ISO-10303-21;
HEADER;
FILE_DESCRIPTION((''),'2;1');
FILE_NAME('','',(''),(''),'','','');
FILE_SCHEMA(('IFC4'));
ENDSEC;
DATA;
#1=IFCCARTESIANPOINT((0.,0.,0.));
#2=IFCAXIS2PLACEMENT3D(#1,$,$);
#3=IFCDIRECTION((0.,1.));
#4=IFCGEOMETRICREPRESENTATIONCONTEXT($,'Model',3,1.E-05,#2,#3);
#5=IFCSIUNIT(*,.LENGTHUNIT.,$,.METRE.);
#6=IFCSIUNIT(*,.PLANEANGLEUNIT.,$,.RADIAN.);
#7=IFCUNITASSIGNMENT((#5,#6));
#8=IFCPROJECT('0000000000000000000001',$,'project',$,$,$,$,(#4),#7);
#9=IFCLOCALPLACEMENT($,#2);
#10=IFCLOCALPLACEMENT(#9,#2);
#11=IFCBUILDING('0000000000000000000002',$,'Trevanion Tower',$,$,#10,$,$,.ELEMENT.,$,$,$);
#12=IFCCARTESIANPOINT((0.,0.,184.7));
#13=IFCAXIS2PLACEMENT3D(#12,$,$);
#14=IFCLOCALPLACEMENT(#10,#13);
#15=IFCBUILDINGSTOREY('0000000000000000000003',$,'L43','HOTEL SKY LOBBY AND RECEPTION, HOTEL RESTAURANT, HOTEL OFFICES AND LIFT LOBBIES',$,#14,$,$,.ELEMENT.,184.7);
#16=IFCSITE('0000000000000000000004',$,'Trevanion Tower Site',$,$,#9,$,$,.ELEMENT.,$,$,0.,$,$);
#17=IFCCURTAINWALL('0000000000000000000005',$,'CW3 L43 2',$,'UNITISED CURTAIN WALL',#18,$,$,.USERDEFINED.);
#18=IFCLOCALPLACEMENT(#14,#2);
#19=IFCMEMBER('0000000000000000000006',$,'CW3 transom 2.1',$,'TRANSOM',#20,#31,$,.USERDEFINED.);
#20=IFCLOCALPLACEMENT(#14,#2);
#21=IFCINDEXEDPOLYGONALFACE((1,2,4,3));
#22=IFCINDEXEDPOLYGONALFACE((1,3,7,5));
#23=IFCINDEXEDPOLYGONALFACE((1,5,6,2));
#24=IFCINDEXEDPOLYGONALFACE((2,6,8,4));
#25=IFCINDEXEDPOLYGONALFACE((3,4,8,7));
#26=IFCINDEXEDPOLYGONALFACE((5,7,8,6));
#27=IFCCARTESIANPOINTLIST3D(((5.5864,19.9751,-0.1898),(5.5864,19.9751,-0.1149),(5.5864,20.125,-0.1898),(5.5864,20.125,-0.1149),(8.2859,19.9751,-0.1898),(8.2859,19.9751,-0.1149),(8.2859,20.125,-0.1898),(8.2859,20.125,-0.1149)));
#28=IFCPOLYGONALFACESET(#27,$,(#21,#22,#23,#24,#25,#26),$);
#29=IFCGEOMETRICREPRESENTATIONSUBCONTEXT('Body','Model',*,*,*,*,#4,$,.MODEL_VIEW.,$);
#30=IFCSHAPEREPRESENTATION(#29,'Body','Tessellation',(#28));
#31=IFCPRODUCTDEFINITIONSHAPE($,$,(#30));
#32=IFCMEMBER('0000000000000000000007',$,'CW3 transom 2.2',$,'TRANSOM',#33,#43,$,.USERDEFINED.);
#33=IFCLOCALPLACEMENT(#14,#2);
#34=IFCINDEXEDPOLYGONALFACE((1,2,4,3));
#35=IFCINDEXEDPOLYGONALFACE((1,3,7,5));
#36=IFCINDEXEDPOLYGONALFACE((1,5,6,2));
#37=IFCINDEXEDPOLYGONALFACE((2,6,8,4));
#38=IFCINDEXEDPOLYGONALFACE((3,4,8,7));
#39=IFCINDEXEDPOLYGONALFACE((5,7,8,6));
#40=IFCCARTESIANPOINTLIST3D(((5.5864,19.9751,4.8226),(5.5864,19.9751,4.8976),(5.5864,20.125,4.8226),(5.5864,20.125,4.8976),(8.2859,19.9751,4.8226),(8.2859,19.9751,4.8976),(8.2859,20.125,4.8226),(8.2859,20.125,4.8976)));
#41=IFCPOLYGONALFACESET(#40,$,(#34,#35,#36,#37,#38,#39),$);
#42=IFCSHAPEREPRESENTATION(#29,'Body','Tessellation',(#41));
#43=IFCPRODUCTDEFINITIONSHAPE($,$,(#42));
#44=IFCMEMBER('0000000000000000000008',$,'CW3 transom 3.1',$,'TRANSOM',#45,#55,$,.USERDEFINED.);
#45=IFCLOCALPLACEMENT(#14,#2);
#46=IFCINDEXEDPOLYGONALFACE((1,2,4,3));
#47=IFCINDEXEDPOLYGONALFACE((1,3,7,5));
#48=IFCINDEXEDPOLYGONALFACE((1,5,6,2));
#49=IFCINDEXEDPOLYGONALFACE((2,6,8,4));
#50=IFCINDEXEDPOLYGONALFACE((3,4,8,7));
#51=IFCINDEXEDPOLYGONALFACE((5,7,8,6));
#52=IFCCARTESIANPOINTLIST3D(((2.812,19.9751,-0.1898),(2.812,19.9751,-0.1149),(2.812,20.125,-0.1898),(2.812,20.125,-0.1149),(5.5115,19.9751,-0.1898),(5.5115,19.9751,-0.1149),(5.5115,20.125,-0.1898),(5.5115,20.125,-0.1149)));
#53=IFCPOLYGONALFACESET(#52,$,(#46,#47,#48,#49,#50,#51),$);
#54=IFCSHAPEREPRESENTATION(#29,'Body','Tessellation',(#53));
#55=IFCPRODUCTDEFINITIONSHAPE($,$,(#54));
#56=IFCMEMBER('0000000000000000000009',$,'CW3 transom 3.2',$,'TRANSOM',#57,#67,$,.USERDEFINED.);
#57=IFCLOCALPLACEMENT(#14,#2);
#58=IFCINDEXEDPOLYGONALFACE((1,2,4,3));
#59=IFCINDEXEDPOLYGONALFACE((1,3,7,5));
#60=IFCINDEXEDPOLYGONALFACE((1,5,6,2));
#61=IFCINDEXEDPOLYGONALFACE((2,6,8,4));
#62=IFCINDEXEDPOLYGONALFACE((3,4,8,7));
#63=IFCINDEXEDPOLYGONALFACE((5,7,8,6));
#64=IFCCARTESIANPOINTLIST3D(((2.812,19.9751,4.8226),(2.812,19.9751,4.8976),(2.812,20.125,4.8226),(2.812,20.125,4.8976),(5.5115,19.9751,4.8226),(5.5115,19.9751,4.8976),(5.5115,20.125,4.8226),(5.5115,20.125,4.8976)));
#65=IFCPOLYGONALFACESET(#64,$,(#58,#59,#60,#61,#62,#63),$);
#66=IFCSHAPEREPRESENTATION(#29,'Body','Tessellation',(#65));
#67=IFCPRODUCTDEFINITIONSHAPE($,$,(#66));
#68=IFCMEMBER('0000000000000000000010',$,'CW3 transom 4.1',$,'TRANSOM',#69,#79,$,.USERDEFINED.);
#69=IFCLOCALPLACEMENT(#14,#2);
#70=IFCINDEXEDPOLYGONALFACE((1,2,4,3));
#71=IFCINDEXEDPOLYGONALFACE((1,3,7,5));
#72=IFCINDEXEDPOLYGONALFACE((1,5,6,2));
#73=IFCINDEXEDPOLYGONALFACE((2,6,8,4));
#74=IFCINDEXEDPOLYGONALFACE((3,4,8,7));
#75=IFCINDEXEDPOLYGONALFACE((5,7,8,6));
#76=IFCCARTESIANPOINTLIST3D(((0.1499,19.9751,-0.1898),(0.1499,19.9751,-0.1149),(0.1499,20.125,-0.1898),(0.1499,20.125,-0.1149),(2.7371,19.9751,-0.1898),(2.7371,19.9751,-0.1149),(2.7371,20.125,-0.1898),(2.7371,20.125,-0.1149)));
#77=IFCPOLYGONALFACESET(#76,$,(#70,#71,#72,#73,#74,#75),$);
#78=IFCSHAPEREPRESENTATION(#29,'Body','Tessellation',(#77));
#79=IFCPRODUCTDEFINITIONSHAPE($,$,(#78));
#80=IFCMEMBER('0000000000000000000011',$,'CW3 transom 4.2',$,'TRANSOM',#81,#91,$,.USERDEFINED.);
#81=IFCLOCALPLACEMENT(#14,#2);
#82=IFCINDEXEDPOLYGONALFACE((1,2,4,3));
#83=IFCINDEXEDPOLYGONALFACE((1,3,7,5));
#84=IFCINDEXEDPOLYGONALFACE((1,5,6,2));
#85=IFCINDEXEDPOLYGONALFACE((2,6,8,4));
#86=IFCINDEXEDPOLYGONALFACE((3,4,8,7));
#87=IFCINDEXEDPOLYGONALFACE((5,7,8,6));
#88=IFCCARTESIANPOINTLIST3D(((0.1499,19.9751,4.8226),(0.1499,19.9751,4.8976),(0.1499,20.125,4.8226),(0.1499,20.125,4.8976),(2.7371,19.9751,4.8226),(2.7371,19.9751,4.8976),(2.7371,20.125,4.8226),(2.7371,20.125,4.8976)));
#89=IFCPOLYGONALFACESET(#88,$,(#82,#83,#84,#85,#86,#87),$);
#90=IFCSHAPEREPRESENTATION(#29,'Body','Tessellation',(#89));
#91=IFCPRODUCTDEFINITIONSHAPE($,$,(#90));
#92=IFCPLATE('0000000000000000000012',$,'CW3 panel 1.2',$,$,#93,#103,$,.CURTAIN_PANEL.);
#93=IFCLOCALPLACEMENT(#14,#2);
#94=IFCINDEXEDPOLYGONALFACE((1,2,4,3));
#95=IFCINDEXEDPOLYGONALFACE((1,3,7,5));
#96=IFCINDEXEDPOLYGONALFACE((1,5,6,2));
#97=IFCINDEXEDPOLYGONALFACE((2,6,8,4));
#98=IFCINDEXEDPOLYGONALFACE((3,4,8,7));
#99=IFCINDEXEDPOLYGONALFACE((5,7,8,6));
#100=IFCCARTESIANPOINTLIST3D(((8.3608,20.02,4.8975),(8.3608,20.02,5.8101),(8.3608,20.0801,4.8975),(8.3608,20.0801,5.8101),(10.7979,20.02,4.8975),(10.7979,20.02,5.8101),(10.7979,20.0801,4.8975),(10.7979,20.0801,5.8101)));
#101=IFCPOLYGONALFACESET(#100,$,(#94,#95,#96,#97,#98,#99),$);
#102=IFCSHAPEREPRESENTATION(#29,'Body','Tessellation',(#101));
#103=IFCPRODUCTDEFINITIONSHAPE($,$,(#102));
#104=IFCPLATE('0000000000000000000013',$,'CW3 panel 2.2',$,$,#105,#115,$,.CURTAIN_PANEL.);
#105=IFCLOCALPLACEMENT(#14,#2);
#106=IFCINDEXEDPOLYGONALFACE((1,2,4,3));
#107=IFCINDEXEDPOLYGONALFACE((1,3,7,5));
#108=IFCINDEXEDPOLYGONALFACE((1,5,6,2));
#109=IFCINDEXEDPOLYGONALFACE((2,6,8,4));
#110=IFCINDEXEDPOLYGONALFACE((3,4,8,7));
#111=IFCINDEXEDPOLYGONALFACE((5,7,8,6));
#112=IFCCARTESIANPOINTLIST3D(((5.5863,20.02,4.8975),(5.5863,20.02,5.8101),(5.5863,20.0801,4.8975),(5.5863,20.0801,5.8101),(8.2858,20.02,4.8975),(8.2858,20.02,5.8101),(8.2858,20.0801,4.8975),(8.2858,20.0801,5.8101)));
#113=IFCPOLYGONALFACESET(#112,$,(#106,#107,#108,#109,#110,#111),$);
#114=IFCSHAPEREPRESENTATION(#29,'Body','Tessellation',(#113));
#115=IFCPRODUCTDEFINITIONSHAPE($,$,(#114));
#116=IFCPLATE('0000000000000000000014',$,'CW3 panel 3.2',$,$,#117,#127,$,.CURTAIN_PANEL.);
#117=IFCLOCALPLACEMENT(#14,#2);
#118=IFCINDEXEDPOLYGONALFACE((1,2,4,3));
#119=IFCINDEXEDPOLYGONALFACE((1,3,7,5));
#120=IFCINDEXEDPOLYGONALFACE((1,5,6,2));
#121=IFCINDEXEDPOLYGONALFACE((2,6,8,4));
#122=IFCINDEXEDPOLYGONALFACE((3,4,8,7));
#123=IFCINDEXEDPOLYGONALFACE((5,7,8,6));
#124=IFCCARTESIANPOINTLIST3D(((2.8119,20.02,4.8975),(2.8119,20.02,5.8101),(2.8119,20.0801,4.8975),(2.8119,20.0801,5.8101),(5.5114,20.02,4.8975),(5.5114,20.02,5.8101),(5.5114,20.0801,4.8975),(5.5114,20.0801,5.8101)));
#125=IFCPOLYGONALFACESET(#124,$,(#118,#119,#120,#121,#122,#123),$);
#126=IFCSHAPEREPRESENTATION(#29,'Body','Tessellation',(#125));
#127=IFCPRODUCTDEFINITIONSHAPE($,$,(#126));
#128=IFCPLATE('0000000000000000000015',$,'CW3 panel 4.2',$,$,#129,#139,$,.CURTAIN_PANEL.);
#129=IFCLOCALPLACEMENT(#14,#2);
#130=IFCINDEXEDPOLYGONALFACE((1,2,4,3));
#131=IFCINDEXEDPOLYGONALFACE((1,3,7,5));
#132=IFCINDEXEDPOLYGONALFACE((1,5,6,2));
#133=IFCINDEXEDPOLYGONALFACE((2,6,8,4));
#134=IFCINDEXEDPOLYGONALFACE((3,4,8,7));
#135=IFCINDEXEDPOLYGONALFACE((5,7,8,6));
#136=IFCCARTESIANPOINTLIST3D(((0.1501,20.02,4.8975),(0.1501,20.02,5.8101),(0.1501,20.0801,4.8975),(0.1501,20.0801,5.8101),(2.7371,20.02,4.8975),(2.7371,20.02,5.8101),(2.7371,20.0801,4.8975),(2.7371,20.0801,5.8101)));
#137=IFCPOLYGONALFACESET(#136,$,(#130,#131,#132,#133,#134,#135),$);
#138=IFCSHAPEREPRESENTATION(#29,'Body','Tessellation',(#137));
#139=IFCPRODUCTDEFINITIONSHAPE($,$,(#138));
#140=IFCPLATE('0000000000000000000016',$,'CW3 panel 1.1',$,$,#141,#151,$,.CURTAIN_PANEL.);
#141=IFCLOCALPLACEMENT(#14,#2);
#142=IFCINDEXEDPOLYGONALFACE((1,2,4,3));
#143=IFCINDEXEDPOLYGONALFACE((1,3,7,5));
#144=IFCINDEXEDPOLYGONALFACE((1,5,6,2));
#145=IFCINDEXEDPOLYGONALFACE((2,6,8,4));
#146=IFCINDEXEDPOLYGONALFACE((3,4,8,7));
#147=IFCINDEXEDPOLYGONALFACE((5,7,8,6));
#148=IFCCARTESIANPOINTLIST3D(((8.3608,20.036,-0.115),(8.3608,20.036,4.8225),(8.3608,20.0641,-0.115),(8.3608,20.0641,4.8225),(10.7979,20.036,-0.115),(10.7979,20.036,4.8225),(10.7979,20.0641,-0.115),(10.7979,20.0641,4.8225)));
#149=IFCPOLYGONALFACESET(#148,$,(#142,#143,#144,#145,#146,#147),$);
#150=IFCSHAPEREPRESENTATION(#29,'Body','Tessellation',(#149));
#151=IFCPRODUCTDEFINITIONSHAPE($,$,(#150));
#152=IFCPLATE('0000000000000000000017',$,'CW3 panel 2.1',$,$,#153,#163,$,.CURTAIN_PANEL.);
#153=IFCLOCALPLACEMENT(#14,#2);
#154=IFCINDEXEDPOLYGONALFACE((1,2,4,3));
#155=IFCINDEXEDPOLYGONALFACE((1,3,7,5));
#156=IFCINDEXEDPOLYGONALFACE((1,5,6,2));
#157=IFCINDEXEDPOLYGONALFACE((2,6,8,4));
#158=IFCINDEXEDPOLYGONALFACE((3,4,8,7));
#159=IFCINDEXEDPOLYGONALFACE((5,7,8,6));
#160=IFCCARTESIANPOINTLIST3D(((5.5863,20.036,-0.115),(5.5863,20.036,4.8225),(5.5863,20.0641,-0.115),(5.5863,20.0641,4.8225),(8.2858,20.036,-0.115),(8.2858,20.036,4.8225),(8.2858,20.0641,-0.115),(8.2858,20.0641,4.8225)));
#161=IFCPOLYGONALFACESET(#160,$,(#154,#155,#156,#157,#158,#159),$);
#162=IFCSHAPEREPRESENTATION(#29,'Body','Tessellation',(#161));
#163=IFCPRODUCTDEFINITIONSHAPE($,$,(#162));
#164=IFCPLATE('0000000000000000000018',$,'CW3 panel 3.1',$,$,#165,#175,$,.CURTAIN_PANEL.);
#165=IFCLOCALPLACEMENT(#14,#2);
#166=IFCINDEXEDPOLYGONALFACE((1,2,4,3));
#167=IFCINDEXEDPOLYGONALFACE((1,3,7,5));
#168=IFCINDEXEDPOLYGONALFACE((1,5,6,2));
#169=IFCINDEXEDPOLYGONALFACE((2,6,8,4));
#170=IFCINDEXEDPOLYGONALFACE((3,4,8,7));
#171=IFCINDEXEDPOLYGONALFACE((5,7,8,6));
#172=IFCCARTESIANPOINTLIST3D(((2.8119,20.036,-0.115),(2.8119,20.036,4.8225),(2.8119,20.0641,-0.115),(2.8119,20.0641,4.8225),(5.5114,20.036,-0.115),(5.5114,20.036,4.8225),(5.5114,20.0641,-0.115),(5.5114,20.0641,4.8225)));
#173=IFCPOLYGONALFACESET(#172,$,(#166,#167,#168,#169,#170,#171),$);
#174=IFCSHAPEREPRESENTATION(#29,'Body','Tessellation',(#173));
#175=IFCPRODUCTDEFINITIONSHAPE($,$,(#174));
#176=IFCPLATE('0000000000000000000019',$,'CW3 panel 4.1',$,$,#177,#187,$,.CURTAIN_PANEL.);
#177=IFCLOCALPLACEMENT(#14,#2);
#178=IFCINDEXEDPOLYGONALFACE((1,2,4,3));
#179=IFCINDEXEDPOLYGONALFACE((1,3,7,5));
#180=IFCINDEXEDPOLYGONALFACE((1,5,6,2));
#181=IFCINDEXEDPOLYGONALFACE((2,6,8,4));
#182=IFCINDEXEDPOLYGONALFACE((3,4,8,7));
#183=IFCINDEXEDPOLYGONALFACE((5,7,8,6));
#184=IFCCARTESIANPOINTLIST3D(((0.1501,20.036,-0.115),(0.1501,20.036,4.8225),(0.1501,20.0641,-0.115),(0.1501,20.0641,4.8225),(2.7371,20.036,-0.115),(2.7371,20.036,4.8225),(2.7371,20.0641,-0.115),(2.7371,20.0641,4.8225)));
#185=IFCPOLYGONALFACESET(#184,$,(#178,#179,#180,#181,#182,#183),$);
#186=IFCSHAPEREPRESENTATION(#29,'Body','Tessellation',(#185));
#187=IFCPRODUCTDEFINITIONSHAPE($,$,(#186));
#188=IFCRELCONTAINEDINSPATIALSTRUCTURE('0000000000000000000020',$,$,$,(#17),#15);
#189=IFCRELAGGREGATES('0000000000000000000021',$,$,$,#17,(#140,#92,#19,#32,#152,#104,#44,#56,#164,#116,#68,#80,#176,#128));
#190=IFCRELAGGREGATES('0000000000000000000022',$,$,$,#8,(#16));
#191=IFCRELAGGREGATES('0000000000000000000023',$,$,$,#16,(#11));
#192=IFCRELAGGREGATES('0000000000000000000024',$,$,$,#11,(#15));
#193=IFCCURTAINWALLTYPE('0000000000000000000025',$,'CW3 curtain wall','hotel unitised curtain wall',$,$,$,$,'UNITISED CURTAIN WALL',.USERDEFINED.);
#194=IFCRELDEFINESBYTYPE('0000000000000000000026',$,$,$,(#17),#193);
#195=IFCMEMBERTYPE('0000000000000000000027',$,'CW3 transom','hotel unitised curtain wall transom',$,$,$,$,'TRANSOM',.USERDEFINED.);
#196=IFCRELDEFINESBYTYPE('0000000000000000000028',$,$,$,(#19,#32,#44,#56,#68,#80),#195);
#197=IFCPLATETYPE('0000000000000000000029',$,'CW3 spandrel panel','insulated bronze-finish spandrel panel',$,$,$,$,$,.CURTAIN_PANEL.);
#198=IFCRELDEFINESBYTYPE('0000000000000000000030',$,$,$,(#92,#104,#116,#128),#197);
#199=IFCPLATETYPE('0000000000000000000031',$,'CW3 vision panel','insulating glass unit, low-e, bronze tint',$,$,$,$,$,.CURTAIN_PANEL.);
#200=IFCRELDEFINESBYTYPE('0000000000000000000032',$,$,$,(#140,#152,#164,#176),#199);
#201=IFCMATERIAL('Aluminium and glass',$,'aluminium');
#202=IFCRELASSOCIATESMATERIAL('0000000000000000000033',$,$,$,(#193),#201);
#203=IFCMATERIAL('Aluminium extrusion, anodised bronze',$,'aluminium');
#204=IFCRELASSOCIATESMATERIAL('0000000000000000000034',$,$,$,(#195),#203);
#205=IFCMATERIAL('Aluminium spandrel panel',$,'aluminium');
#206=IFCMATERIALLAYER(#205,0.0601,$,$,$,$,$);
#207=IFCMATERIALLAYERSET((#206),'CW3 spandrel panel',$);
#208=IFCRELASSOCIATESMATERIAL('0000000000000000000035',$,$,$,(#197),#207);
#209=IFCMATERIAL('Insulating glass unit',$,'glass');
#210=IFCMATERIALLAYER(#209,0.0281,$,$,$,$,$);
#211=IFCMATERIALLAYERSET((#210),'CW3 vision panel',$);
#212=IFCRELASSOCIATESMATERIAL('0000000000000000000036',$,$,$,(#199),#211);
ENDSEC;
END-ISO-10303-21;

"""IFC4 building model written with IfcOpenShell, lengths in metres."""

from ifc_helpers import new_model, si_unit, direction, frame, origin, origin_2d, place, context, subcontext, project, spatial, rectangle, extrude, material, layer, layer_set, material_profile, profile_set, type_object, element, aggregate, save


model = new_model("IFC4")

# Units and contexts
model_context = context("Model", 3, precision=1e-05, world=origin(), true_north=direction((0.0, 1.0)))
body_context = subcontext(model_context, "Body", "Model", "MODEL_VIEW")
ifc_project = project(units=[si_unit("LENGTHUNIT", "METRE"), si_unit("PLANEANGLEUNIT", "RADIAN")], contexts=[model_context])

# Site, building, storey
site_placement = place(None, origin())
site = spatial("IfcSite", under=ifc_project, at=site_placement, Name="Trevanion Tower Site", CompositionType="ELEMENT", RefElevation=0.0)
building_placement = place(site_placement, origin())
building = spatial("IfcBuilding", under=site, at=building_placement, Name="Trevanion Tower", CompositionType="ELEMENT")
storey_placement = place(building_placement, frame((0.0, 0.0, 184.7)))
storey = spatial("IfcBuildingStorey", under=building, at=storey_placement, Name="L43", Description="HOTEL SKY LOBBY AND RECEPTION, HOTEL RESTAURANT, HOTEL OFFICES AND LIFT LOBBIES", CompositionType="ELEMENT", Elevation=184.7)

# Curtain wall
ifc_material_1 = material(Name="Aluminium and glass", Category="aluminium")
curtain_wall_type = type_object("IfcCurtainWallType", Name="CW3 curtain wall", Description="hotel unitised curtain wall", ElementType="UNITISED CURTAIN WALL", PredefinedType="USERDEFINED", material=ifc_material_1)
curtain_wall_1_placement = place(storey_placement, origin())
curtain_wall_1 = element("IfcCurtainWall", 1, at=curtain_wall_1_placement, inside=storey, type_object=curtain_wall_type, Name="CW3 L43 2", ObjectType="UNITISED CURTAIN WALL", PredefinedType="USERDEFINED")

# Members
ifc_material_2 = material(Name="Aluminium extrusion, anodised bronze", Category="aluminium")
ifc_material_profile_1 = material_profile(ifc_material_2, rectangle(XDim=0.1499, YDim=0.075, at=origin_2d()), Name="CW3 transom")
ifc_profile_set_1 = profile_set([ifc_material_profile_1], Name="Aluminium extrusion, anodised bronze")
member_type_1 = type_object("IfcMemberType", Name="CW3 transom", Description="hotel unitised curtain wall transom", ElementType="TRANSOM", PredefinedType="USERDEFINED", material=ifc_profile_set_1)
member_1_placement = place(storey_placement, frame((8.2859, 20.05, -0.1523), z_axis=(-1.0, 0.0, 0.0), x_axis=(0.0, -1.0, 0.0)))
member_1 = element("IfcMember", 2, at=member_1_placement, type_object=member_type_1, Name="CW3 transom 2.1", ObjectType="TRANSOM", PredefinedType="USERDEFINED", context=body_context, shape_type="SweptSolid", body=[
    extrude(rectangle(XDim=0.1499, YDim=0.075, at=origin_2d()), origin(), (0.0, 0.0, 1.0), 2.6995),
])
member_2_placement = place(storey_placement, frame((8.2859, 20.05, 4.8601), z_axis=(-1.0, 0.0, 0.0), x_axis=(0.0, -1.0, 0.0)))
member_2 = element("IfcMember", 3, at=member_2_placement, type_object=member_type_1, Name="CW3 transom 2.2", ObjectType="TRANSOM", PredefinedType="USERDEFINED", context=body_context, shape_type="SweptSolid", body=[
    extrude(rectangle(XDim=0.1499, YDim=0.075, at=origin_2d()), origin(), (0.0, 0.0, 1.0), 2.6995),
])
member_3_placement = place(storey_placement, frame((5.5115, 20.05, -0.1523), z_axis=(-1.0, 0.0, 0.0), x_axis=(0.0, -1.0, 0.0)))
member_3 = element("IfcMember", 4, at=member_3_placement, type_object=member_type_1, Name="CW3 transom 3.1", ObjectType="TRANSOM", PredefinedType="USERDEFINED", context=body_context, shape_type="SweptSolid", body=[
    extrude(rectangle(XDim=0.1499, YDim=0.075, at=origin_2d()), origin(), (0.0, 0.0, 1.0), 2.6995),
])
member_4_placement = place(storey_placement, frame((5.5115, 20.05, 4.8601), z_axis=(-1.0, 0.0, 0.0), x_axis=(0.0, -1.0, 0.0)))
member_4 = element("IfcMember", 5, at=member_4_placement, type_object=member_type_1, Name="CW3 transom 3.2", ObjectType="TRANSOM", PredefinedType="USERDEFINED", context=body_context, shape_type="SweptSolid", body=[
    extrude(rectangle(XDim=0.1499, YDim=0.075, at=origin_2d()), origin(), (0.0, 0.0, 1.0), 2.6995),
])
member_5_placement = place(storey_placement, frame((2.7371, 20.05, -0.1523), z_axis=(-1.0, 0.0, 0.0), x_axis=(0.0, -1.0, 0.0)))
member_5 = element("IfcMember", 6, at=member_5_placement, type_object=member_type_1, Name="CW3 transom 4.1", ObjectType="TRANSOM", PredefinedType="USERDEFINED", context=body_context, shape_type="SweptSolid", body=[
    extrude(rectangle(XDim=0.1499, YDim=0.075, at=origin_2d()), origin(), (0.0, 0.0, 1.0), 2.5872),
])
member_6_placement = place(storey_placement, frame((2.7371, 20.05, 4.8601), z_axis=(-1.0, 0.0, 0.0), x_axis=(0.0, -1.0, 0.0)))
member_6 = element("IfcMember", 7, at=member_6_placement, type_object=member_type_1, Name="CW3 transom 4.2", ObjectType="TRANSOM", PredefinedType="USERDEFINED", context=body_context, shape_type="SweptSolid", body=[
    extrude(rectangle(XDim=0.1499, YDim=0.075, at=origin_2d()), origin(), (0.0, 0.0, 1.0), 2.5872),
])

# Plates
ifc_material_3 = material(Name="Aluminium spandrel panel", Category="aluminium")
ifc_layer_1 = layer(ifc_material_3, 0.0601)
ifc_layer_set_1 = layer_set([ifc_layer_1], Name="CW3 spandrel panel")
plate_type_1 = type_object("IfcPlateType", Name="CW3 spandrel panel", Description="insulated bronze-finish spandrel panel", PredefinedType="CURTAIN_PANEL", material=ifc_layer_set_1)
plate_1_placement = place(storey_placement, frame((9.5793, 20.05, 4.8975), z_axis=(0.0, 0.0, 1.0), x_axis=(-1.0, 0.0, 0.0)))
plate_1 = element("IfcPlate", 8, at=plate_1_placement, type_object=plate_type_1, Name="CW3 panel 1.2", PredefinedType="CURTAIN_PANEL", context=body_context, shape_type="SweptSolid", body=[
    extrude(rectangle(XDim=2.437, YDim=0.0601, at=origin_2d()), origin(), (0.0, 0.0, 1.0), 0.9126),
])
plate_2_placement = place(storey_placement, frame((6.936, 20.05, 4.8975), z_axis=(0.0, 0.0, 1.0), x_axis=(-1.0, 0.0, 0.0)))
plate_2 = element("IfcPlate", 9, at=plate_2_placement, type_object=plate_type_1, Name="CW3 panel 2.2", PredefinedType="CURTAIN_PANEL", context=body_context, shape_type="SweptSolid", body=[
    extrude(rectangle(XDim=2.6995, YDim=0.0601, at=origin_2d()), origin(), (0.0, 0.0, 1.0), 0.9126),
])
plate_3_placement = place(storey_placement, frame((4.1616, 20.05, 4.8975), z_axis=(0.0, 0.0, 1.0), x_axis=(-1.0, 0.0, 0.0)))
plate_3 = element("IfcPlate", 10, at=plate_3_placement, type_object=plate_type_1, Name="CW3 panel 3.2", PredefinedType="CURTAIN_PANEL", context=body_context, shape_type="SweptSolid", body=[
    extrude(rectangle(XDim=2.6995, YDim=0.0601, at=origin_2d()), origin(), (0.0, 0.0, 1.0), 0.9126),
])
plate_4_placement = place(storey_placement, frame((1.4436, 20.05, 4.8975), z_axis=(0.0, 0.0, 1.0), x_axis=(-1.0, 0.0, 0.0)))
plate_4 = element("IfcPlate", 11, at=plate_4_placement, type_object=plate_type_1, Name="CW3 panel 4.2", PredefinedType="CURTAIN_PANEL", context=body_context, shape_type="SweptSolid", body=[
    extrude(rectangle(XDim=2.5869, YDim=0.0601, at=origin_2d()), origin(), (0.0, 0.0, 1.0), 0.9126),
])
ifc_material_4 = material(Name="Insulating glass unit", Category="glass")
ifc_layer_2 = layer(ifc_material_4, 0.0281)
ifc_layer_set_2 = layer_set([ifc_layer_2], Name="CW3 vision panel")
plate_type_2 = type_object("IfcPlateType", Name="CW3 vision panel", Description="insulating glass unit, low-e, bronze tint", PredefinedType="CURTAIN_PANEL", material=ifc_layer_set_2)
plate_5_placement = place(storey_placement, frame((9.5793, 20.05, -0.115), z_axis=(0.0, 0.0, 1.0), x_axis=(-1.0, 0.0, 0.0)))
plate_5 = element("IfcPlate", 12, at=plate_5_placement, type_object=plate_type_2, Name="CW3 panel 1.1", PredefinedType="CURTAIN_PANEL", context=body_context, shape_type="SweptSolid", body=[
    extrude(rectangle(XDim=2.437, YDim=0.0281, at=origin_2d()), origin(), (0.0, 0.0, 1.0), 4.9375),
])
plate_6_placement = place(storey_placement, frame((6.936, 20.05, -0.115), z_axis=(0.0, 0.0, 1.0), x_axis=(-1.0, 0.0, 0.0)))
plate_6 = element("IfcPlate", 13, at=plate_6_placement, type_object=plate_type_2, Name="CW3 panel 2.1", PredefinedType="CURTAIN_PANEL", context=body_context, shape_type="SweptSolid", body=[
    extrude(rectangle(XDim=2.6995, YDim=0.0281, at=origin_2d()), origin(), (0.0, 0.0, 1.0), 4.9375),
])
plate_7_placement = place(storey_placement, frame((4.1616, 20.05, -0.115), z_axis=(0.0, 0.0, 1.0), x_axis=(-1.0, 0.0, 0.0)))
plate_7 = element("IfcPlate", 14, at=plate_7_placement, type_object=plate_type_2, Name="CW3 panel 3.1", PredefinedType="CURTAIN_PANEL", context=body_context, shape_type="SweptSolid", body=[
    extrude(rectangle(XDim=2.6995, YDim=0.0281, at=origin_2d()), origin(), (0.0, 0.0, 1.0), 4.9375),
])
plate_8_placement = place(storey_placement, frame((1.4436, 20.05, -0.115), z_axis=(0.0, 0.0, 1.0), x_axis=(-1.0, 0.0, 0.0)))
plate_8 = element("IfcPlate", 15, at=plate_8_placement, type_object=plate_type_2, Name="CW3 panel 4.1", PredefinedType="CURTAIN_PANEL", context=body_context, shape_type="SweptSolid", body=[
    extrude(rectangle(XDim=2.5869, YDim=0.0281, at=origin_2d()), origin(), (0.0, 0.0, 1.0), 4.9375),
])
aggregate(curtain_wall_1, [plate_5, plate_1, member_1, member_2, plate_6, plate_2, member_3, member_4, plate_7, plate_3, member_5, member_6, plate_8, plate_4])

save(model, "model.ifc")
